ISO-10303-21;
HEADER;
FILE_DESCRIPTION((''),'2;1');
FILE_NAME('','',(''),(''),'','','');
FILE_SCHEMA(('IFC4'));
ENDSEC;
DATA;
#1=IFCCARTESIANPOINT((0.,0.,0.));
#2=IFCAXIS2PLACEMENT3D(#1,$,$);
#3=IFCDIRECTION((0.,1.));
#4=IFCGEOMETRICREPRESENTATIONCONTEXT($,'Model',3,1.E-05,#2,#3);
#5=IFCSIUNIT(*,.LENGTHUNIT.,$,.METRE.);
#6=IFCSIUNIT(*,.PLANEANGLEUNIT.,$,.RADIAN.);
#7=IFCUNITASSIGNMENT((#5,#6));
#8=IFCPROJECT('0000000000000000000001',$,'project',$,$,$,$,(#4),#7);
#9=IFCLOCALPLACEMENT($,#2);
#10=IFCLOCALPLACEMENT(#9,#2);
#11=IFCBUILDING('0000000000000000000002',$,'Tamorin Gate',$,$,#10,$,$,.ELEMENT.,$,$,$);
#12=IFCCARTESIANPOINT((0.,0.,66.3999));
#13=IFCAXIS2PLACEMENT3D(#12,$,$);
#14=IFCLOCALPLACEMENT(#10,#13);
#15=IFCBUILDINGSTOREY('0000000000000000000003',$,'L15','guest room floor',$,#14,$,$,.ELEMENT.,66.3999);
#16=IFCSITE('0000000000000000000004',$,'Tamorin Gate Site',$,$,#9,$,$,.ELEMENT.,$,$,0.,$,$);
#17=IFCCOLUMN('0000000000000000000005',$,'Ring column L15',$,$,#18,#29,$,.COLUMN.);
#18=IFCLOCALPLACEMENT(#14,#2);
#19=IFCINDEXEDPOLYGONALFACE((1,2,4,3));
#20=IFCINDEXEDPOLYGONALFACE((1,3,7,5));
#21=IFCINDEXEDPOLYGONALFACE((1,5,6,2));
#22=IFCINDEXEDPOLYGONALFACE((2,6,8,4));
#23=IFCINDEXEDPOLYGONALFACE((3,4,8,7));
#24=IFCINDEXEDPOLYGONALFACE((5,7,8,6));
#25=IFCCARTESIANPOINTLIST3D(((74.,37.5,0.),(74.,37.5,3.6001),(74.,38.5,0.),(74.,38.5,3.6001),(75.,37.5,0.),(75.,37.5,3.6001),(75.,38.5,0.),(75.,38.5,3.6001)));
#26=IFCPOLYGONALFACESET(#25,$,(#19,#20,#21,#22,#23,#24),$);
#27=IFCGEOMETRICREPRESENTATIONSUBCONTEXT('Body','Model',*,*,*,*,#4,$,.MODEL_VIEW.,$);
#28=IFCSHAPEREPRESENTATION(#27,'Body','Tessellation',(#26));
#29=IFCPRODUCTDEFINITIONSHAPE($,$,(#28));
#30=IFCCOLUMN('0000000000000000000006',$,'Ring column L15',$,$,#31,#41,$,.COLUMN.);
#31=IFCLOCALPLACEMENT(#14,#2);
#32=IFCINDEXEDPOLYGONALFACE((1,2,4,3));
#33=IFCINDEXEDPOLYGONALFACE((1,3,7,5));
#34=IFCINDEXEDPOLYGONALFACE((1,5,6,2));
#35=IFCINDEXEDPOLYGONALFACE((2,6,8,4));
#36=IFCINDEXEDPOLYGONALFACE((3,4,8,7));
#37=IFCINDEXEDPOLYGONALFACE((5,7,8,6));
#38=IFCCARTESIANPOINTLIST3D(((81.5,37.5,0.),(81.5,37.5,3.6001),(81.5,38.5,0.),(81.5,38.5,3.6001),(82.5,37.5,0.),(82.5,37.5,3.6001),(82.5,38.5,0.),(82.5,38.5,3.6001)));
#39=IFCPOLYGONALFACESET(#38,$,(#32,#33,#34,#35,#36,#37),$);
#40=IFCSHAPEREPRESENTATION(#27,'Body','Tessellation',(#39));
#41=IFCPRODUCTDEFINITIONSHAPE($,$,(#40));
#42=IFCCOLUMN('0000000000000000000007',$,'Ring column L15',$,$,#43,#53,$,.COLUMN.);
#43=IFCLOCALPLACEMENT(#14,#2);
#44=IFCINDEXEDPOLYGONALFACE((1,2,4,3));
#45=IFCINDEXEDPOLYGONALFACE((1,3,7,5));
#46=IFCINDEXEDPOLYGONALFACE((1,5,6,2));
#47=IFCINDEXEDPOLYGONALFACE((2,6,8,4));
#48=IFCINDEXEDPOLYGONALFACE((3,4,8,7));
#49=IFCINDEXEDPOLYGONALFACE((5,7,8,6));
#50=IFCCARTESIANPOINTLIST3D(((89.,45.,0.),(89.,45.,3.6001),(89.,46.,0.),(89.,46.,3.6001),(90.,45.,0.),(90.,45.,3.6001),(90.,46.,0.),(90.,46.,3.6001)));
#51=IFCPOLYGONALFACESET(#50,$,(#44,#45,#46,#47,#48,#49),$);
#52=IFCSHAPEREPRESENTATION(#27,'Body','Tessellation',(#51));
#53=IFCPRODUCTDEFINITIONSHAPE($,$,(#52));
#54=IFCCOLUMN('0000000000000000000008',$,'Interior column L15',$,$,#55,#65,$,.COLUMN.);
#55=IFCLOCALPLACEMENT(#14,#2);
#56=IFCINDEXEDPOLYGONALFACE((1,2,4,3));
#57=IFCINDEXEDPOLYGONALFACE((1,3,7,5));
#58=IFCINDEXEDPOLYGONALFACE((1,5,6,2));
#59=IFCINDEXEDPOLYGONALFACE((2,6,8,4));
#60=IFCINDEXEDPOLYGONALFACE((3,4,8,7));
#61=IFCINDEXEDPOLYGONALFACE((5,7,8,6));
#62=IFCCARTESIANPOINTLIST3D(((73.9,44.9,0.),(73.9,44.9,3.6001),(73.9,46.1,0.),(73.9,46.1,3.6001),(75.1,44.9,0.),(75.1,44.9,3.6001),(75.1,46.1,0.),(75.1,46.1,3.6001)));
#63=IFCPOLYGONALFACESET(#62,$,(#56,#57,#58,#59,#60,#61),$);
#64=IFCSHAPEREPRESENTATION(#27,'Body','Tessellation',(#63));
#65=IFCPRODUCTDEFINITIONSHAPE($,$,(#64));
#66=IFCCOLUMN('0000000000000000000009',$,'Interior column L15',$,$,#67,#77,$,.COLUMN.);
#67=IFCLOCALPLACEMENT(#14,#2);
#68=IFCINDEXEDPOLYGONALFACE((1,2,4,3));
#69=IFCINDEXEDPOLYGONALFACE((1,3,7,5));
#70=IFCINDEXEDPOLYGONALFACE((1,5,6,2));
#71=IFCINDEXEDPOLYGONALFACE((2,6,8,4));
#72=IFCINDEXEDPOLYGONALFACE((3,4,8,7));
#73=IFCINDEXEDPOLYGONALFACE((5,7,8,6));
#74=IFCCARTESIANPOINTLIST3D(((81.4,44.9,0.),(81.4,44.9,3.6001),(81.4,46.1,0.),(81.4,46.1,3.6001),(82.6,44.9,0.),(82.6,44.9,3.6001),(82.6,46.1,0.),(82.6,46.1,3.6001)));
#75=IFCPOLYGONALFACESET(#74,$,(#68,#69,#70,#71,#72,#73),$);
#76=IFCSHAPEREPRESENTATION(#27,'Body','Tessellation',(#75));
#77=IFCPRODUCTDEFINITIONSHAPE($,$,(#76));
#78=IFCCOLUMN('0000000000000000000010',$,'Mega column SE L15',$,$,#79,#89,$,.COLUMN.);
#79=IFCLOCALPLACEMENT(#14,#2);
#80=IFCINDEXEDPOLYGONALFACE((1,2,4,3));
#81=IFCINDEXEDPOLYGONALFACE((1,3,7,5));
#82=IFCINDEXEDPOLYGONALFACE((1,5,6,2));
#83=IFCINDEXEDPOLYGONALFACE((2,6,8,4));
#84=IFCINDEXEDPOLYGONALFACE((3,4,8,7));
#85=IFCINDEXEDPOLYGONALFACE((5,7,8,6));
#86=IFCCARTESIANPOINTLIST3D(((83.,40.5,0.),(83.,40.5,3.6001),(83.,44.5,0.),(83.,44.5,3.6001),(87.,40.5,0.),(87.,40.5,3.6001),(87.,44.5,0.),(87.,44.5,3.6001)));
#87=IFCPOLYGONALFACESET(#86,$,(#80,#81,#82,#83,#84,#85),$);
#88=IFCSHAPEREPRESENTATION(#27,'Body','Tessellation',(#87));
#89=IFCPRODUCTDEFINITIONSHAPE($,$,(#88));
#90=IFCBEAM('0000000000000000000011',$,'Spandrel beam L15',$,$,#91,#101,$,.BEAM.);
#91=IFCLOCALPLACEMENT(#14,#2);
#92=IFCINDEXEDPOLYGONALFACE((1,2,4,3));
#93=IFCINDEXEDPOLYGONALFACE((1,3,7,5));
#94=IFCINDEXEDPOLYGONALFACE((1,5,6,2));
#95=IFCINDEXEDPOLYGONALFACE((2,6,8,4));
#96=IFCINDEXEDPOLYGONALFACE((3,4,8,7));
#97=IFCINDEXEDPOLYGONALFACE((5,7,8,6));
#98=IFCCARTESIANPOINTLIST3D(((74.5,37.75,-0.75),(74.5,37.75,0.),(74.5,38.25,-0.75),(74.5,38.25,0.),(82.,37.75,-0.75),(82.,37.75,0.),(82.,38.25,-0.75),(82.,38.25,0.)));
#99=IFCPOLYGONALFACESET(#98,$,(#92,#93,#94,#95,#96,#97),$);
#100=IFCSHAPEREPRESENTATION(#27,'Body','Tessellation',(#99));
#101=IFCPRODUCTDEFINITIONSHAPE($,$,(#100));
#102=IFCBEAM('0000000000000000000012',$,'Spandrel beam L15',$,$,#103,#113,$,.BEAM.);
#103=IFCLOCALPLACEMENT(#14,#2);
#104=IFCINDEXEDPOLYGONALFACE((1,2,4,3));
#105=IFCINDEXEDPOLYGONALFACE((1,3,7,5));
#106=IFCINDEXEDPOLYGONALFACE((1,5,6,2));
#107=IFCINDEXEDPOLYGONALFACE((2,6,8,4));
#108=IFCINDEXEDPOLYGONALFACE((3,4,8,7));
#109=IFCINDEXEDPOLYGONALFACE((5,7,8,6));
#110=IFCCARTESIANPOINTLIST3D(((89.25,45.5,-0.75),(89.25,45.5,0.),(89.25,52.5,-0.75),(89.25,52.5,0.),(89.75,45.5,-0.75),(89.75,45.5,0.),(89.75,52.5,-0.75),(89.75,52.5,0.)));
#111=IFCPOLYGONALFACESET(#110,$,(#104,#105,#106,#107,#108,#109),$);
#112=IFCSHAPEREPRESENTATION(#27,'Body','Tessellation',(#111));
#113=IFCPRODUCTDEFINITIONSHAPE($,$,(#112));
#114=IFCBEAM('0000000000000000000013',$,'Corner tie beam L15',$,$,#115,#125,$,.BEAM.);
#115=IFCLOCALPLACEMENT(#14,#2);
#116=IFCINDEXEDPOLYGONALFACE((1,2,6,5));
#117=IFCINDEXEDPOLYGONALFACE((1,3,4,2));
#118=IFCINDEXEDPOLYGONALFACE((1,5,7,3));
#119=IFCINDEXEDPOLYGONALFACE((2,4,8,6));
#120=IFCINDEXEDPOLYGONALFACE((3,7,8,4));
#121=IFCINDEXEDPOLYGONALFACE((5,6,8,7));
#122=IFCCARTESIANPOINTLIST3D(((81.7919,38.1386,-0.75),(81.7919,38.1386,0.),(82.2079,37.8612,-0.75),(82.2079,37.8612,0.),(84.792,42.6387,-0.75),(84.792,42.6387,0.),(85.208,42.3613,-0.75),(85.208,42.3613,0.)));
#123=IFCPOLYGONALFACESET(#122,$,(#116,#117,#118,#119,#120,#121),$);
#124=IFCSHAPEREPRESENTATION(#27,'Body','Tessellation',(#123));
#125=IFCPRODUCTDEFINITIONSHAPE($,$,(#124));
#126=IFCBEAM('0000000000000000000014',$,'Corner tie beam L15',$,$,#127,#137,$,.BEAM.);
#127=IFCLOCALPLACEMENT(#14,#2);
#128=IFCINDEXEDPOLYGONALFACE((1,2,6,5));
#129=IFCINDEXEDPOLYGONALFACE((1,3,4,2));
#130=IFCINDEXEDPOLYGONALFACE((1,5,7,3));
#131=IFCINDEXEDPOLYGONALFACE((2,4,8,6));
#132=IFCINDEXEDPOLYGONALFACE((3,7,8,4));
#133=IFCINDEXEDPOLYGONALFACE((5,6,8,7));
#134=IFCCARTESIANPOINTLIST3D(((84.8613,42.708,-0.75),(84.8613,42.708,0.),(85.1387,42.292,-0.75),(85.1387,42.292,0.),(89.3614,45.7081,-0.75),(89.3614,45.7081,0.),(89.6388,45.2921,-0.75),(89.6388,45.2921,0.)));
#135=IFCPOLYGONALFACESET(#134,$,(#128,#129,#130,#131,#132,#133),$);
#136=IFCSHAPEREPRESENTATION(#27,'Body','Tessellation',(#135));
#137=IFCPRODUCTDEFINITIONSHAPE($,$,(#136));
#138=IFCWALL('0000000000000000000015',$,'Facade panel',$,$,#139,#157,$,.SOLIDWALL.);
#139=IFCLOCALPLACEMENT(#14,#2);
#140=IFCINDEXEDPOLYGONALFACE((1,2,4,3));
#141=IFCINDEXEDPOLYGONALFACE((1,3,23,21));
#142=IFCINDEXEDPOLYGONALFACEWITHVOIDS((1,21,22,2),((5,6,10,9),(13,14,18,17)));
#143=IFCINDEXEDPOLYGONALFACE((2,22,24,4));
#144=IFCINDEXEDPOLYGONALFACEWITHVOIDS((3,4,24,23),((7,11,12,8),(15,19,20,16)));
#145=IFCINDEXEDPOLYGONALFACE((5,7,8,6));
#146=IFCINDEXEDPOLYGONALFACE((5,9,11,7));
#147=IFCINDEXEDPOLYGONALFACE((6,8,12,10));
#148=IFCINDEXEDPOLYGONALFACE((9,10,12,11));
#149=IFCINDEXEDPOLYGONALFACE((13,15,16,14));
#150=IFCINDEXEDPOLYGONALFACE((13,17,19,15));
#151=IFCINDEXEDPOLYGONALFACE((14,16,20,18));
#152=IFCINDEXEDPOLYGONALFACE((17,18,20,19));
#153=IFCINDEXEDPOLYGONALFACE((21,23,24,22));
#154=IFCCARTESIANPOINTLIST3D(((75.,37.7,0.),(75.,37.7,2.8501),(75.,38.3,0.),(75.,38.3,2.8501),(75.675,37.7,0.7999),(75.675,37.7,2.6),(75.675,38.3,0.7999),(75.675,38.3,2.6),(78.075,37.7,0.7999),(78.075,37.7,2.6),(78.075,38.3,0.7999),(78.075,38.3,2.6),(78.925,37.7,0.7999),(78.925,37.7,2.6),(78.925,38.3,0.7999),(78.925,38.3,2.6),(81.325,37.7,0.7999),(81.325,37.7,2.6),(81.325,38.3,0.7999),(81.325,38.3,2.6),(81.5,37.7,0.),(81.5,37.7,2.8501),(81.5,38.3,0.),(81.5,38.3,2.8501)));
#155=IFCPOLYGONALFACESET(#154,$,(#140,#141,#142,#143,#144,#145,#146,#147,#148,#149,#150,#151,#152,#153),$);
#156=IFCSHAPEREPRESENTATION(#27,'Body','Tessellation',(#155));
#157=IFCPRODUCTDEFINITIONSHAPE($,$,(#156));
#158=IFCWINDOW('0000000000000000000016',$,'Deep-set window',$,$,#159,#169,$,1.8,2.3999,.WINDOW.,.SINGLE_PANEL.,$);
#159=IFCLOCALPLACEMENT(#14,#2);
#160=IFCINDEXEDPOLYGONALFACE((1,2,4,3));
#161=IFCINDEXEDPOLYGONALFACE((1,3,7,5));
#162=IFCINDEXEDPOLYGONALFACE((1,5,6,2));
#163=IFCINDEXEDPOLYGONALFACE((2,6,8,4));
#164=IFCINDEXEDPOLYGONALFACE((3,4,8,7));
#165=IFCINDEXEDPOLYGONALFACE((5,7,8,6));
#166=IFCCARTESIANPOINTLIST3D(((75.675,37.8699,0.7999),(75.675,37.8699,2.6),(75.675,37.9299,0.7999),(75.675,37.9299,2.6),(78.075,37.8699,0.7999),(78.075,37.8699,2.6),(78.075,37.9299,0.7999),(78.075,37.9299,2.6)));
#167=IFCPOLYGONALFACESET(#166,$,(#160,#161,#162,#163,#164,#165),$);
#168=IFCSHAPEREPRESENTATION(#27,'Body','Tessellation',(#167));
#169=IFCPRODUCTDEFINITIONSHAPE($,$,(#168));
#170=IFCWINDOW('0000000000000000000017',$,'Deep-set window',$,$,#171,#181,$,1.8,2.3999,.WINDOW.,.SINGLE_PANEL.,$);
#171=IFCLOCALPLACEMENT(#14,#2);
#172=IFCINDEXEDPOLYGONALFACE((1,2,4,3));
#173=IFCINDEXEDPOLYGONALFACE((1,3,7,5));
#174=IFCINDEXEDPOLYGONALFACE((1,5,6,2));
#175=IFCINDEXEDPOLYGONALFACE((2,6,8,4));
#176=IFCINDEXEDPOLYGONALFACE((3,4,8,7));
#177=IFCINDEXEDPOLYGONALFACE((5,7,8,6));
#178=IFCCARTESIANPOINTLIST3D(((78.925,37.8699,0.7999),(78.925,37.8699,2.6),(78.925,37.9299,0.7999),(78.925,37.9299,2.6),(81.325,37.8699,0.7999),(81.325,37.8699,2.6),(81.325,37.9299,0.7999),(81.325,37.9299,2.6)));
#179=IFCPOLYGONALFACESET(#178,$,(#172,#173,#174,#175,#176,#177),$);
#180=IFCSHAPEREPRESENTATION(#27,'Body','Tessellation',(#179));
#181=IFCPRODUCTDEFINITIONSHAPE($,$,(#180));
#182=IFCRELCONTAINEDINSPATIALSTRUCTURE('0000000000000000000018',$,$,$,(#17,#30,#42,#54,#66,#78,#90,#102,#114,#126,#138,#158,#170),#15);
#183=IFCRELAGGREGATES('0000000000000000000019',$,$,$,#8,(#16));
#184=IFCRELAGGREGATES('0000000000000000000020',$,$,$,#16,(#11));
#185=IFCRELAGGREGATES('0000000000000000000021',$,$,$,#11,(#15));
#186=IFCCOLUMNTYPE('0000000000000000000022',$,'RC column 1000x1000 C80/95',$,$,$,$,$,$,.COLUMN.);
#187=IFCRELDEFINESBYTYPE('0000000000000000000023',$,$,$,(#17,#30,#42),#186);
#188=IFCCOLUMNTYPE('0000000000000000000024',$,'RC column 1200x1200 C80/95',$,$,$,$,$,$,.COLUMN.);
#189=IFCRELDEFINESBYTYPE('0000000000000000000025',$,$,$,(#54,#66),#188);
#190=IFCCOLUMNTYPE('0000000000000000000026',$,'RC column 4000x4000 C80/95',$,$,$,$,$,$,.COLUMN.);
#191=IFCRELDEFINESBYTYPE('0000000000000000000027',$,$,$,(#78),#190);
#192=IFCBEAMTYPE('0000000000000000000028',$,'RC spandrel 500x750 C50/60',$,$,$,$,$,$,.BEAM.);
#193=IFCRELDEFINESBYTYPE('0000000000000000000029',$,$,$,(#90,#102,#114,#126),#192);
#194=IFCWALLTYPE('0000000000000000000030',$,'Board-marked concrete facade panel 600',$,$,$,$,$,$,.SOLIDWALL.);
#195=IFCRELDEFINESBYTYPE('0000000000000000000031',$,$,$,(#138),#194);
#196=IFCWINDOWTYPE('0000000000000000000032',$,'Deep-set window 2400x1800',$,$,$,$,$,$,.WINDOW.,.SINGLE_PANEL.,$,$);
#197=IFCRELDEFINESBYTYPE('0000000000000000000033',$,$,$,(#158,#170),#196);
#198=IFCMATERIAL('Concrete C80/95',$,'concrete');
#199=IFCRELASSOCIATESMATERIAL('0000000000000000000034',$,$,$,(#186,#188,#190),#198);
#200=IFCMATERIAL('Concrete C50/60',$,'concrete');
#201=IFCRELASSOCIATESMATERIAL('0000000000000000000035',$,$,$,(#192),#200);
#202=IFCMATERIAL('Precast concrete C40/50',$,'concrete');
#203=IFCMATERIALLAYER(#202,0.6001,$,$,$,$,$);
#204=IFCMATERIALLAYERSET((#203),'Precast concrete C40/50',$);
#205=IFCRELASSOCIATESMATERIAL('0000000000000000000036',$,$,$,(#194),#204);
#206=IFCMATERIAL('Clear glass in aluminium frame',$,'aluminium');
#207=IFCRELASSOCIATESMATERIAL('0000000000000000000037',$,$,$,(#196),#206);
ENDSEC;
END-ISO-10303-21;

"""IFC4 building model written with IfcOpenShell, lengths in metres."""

from ifc_helpers import new_model, si_unit, direction, frame, frame_2d, origin, origin_2d, place, context, subcontext, project, spatial, rectangle, extrude, material, layer, layer_set, material_profile, profile_set, type_object, element, fill, save


model = new_model("IFC4")

# Units and contexts
model_context = context("Model", 3, precision=1e-05, world=origin(), true_north=direction((0.0, 1.0)))
body_context = subcontext(model_context, "Body", "Model", "MODEL_VIEW")
ifc_project = project(units=[si_unit("LENGTHUNIT", "METRE"), si_unit("PLANEANGLEUNIT", "RADIAN")], contexts=[model_context])

# Site, building, storey
site_placement = place(None, origin())
site = spatial("IfcSite", under=ifc_project, at=site_placement, Name="Tamorin Gate Site", CompositionType="ELEMENT", RefElevation=0.0)
building_placement = place(site_placement, origin())
building = spatial("IfcBuilding", under=site, at=building_placement, Name="Tamorin Gate", CompositionType="ELEMENT")
storey_placement = place(building_placement, frame((0.0, 0.0, 66.3999)))
storey = spatial("IfcBuildingStorey", under=building, at=storey_placement, Name="L15", Description="guest room floor", CompositionType="ELEMENT", Elevation=66.3999)

# Columns
ifc_material_1 = material(Name="Concrete C80/95", Category="concrete")
ifc_material_profile_1 = material_profile(ifc_material_1, rectangle(XDim=1.0, YDim=1.0, at=origin_2d()), Name="RC 1000x1000")
ifc_profile_set_1 = profile_set([ifc_material_profile_1], Name="Concrete C80/95")
column_type_1 = type_object("IfcColumnType", Name="RC column 1000x1000 C80/95", PredefinedType="COLUMN", material=ifc_profile_set_1)
for number, where, z_axis, x_axis, name in (
    (1, (74.5, 38.0, 0.0), (0.0, 0.0, 1.0), (1.0, 0.0, 0.0), "Ring column L15"),
    (2, (82.0, 38.0, 0.0), (0.0, 0.0, 1.0), (1.0, 0.0, 0.0), "Ring column L15"),
    (3, (89.5, 45.5, 0.0), (0.0, 0.0, 1.0), (1.0, 0.0, 0.0), "Ring column L15"),
):
    element("IfcColumn", number, at=place(storey_placement, frame(where, z_axis=z_axis, x_axis=x_axis)), inside=storey, type_object=column_type_1, Name=name, PredefinedType="COLUMN", context=body_context, shape_type="SweptSolid", body=[
        extrude(rectangle(XDim=1.0, YDim=1.0, at=origin_2d()), origin(), (0.0, 0.0, 1.0), 3.6001),
    ])
ifc_material_profile_2 = material_profile(ifc_material_1, rectangle(XDim=1.2, YDim=1.2, at=origin_2d()), Name="RC 1200x1200")
ifc_profile_set_2 = profile_set([ifc_material_profile_2], Name="Concrete C80/95")
column_type_2 = type_object("IfcColumnType", Name="RC column 1200x1200 C80/95", PredefinedType="COLUMN", material=ifc_profile_set_2)
for number, where, z_axis, x_axis, name in (
    (4, (74.5, 45.5, 0.0), (0.0, 0.0, 1.0), (1.0, 0.0, 0.0), "Interior column L15"),
    (5, (82.0, 45.5, 0.0), (0.0, 0.0, 1.0), (1.0, 0.0, 0.0), "Interior column L15"),
):
    element("IfcColumn", number, at=place(storey_placement, frame(where, z_axis=z_axis, x_axis=x_axis)), inside=storey, type_object=column_type_2, Name=name, PredefinedType="COLUMN", context=body_context, shape_type="SweptSolid", body=[
        extrude(rectangle(XDim=1.2, YDim=1.2, at=origin_2d()), origin(), (0.0, 0.0, 1.0), 3.6001),
    ])
ifc_material_profile_3 = material_profile(ifc_material_1, rectangle(XDim=4.0, YDim=4.0, at=origin_2d()), Name="RC 4000x4000")
ifc_profile_set_3 = profile_set([ifc_material_profile_3], Name="Concrete C80/95")
column_type_3 = type_object("IfcColumnType", Name="RC column 4000x4000 C80/95", PredefinedType="COLUMN", material=ifc_profile_set_3)
column_placement = place(storey_placement, frame((85.0, 42.5, 0.0), z_axis=(0.0, 0.0, 1.0), x_axis=(1.0, 0.0, 0.0)))
element("IfcColumn", 6, at=column_placement, inside=storey, type_object=column_type_3, Name="Mega column SE L15", PredefinedType="COLUMN", context=body_context, shape_type="SweptSolid", body=[
    extrude(rectangle(XDim=4.0, YDim=4.0, at=origin_2d()), origin(), (0.0, 0.0, 1.0), 3.6001),
])

# Beams
ifc_material_2 = material(Name="Concrete C50/60", Category="concrete")
ifc_material_profile_4 = material_profile(ifc_material_2, rectangle(XDim=0.5, YDim=0.75, at=origin_2d()), Name="RC 500x750")
ifc_profile_set_4 = profile_set([ifc_material_profile_4], Name="Concrete C50/60")
beam_type = type_object("IfcBeamType", Name="RC spandrel 500x750 C50/60", PredefinedType="BEAM", material=ifc_profile_set_4)
beam_1_placement = place(storey_placement, frame((74.5, 38.0, -0.375), z_axis=(1.0, 0.0, 0.0), x_axis=(0.0, 1.0, 0.0)))
element("IfcBeam", 7, at=beam_1_placement, inside=storey, type_object=beam_type, Name="Spandrel beam L15", PredefinedType="BEAM", context=body_context, shape_type="SweptSolid", body=[
    extrude(rectangle(XDim=0.5, YDim=0.75, at=origin_2d()), origin(), (0.0, 0.0, 1.0), 7.5),
])
beam_2_placement = place(storey_placement, frame((89.5, 45.5, -0.375), z_axis=(0.0, 1.0, 0.0), x_axis=(-1.0, 0.0, 0.0)))
element("IfcBeam", 8, at=beam_2_placement, inside=storey, type_object=beam_type, Name="Spandrel beam L15", PredefinedType="BEAM", context=body_context, shape_type="SweptSolid", body=[
    extrude(rectangle(XDim=0.5, YDim=0.75, at=origin_2d()), origin(), (0.0, 0.0, 1.0), 7.0),
])
for number, where, z_axis, x_axis, name in (
    (9, (85.0, 42.5, -0.375), (-0.5547, -0.83205, 0.0), (0.83205, -0.5547, 0.0), "Corner tie beam L15"),
    (10, (85.0, 42.5, -0.375), (0.83205, 0.5547, 0.0), (-0.5547, 0.83205, 0.0), "Corner tie beam L15"),
):
    element("IfcBeam", number, at=place(storey_placement, frame(where, z_axis=z_axis, x_axis=x_axis)), inside=storey, type_object=beam_type, Name=name, PredefinedType="BEAM", context=body_context, shape_type="SweptSolid", body=[
        extrude(rectangle(XDim=0.5, YDim=0.75, at=origin_2d()), origin(), (0.0, 0.0, 1.0), 5.4084),
    ])

# Wall, openings, windows
ifc_material_3 = material(Name="Precast concrete C40/50", Category="concrete")
ifc_layer_1 = layer(ifc_material_3, 0.6001)
ifc_layer_set_1 = layer_set([ifc_layer_1], Name="Precast concrete C40/50")
wall_type_1 = type_object("IfcWallType", Name="Board-marked concrete facade panel 600", PredefinedType="SOLIDWALL", material=ifc_layer_set_1)
wall_1_placement = place(storey_placement, frame((75.0, 38.0, 0.0), z_axis=(0.0, 0.0, 1.0), x_axis=(1.0, 0.0, 0.0)))
wall_1 = element("IfcWall", 11, at=wall_1_placement, inside=storey, type_object=wall_type_1, Name="Facade panel", PredefinedType="SOLIDWALL", context=body_context, shape_type="SweptSolid", body=[
    extrude(rectangle(XDim=6.5, YDim=0.6001, at=frame_2d((3.25, 0.0))), origin(), (0.0, 0.0, 1.0), 2.8501),
])
opening_1_placement = place(wall_1_placement, frame((0.675, 0.0, 0.8)))
opening_1 = element("IfcOpeningElement", 12, at=opening_1_placement, cuts=wall_1, PredefinedType="OPENING", context=body_context, shape_type="SweptSolid", body=[
    extrude(rectangle(XDim=2.3999, YDim=1.8, at=frame_2d((1.2, 0.8999))), frame((0.0, 0.3101, 0.0), z_axis=(0.0, -1.0, 0.0), x_axis=(1.0, 0.0, 0.0)), (0.0, 0.0, 1.0), 0.6201),
])
opening_2_placement = place(wall_1_placement, frame((3.925, 0.0, 0.8)))
opening_2 = element("IfcOpeningElement", 13, at=opening_2_placement, cuts=wall_1, PredefinedType="OPENING", context=body_context, shape_type="SweptSolid", body=[
    extrude(rectangle(XDim=2.3999, YDim=1.8, at=frame_2d((1.2, 0.8999))), frame((0.0, 0.3101, 0.0), z_axis=(0.0, -1.0, 0.0), x_axis=(1.0, 0.0, 0.0)), (0.0, 0.0, 1.0), 0.6201),
])
ifc_material_4 = material(Name="Clear glass in aluminium frame", Category="aluminium")
window_type = type_object("IfcWindowType", Name="Deep-set window 2400x1800", PartitioningType="SINGLE_PANEL", PredefinedType="WINDOW", material=ifc_material_4)
window_1_placement = place(opening_1_placement, origin())
window_1 = element("IfcWindow", 14, at=window_1_placement, inside=storey, type_object=window_type, Name="Deep-set window", OverallHeight=1.8, OverallWidth=2.3999, PartitioningType="SINGLE_PANEL", PredefinedType="WINDOW", context=body_context, shape_type="SweptSolid", body=[
    extrude(rectangle(XDim=2.3999, YDim=1.8, at=frame_2d((1.2, 0.8999))), frame((0.0, -0.0701, 0.0), z_axis=(0.0, -1.0, 0.0), x_axis=(1.0, 0.0, 0.0)), (0.0, 0.0, 1.0), 0.0601),
])
fill(opening_1, window_1)
window_2_placement = place(opening_2_placement, origin())
window_2 = element("IfcWindow", 15, at=window_2_placement, inside=storey, type_object=window_type, Name="Deep-set window", OverallHeight=1.8, OverallWidth=2.3999, PartitioningType="SINGLE_PANEL", PredefinedType="WINDOW", context=body_context, shape_type="SweptSolid", body=[
    extrude(rectangle(XDim=2.3999, YDim=1.8, at=frame_2d((1.2, 0.8999))), frame((0.0, -0.0701, 0.0), z_axis=(0.0, -1.0, 0.0), x_axis=(1.0, 0.0, 0.0)), (0.0, 0.0, 1.0), 0.0601),
])
fill(opening_2, window_2)

save(model, "model.ifc")
